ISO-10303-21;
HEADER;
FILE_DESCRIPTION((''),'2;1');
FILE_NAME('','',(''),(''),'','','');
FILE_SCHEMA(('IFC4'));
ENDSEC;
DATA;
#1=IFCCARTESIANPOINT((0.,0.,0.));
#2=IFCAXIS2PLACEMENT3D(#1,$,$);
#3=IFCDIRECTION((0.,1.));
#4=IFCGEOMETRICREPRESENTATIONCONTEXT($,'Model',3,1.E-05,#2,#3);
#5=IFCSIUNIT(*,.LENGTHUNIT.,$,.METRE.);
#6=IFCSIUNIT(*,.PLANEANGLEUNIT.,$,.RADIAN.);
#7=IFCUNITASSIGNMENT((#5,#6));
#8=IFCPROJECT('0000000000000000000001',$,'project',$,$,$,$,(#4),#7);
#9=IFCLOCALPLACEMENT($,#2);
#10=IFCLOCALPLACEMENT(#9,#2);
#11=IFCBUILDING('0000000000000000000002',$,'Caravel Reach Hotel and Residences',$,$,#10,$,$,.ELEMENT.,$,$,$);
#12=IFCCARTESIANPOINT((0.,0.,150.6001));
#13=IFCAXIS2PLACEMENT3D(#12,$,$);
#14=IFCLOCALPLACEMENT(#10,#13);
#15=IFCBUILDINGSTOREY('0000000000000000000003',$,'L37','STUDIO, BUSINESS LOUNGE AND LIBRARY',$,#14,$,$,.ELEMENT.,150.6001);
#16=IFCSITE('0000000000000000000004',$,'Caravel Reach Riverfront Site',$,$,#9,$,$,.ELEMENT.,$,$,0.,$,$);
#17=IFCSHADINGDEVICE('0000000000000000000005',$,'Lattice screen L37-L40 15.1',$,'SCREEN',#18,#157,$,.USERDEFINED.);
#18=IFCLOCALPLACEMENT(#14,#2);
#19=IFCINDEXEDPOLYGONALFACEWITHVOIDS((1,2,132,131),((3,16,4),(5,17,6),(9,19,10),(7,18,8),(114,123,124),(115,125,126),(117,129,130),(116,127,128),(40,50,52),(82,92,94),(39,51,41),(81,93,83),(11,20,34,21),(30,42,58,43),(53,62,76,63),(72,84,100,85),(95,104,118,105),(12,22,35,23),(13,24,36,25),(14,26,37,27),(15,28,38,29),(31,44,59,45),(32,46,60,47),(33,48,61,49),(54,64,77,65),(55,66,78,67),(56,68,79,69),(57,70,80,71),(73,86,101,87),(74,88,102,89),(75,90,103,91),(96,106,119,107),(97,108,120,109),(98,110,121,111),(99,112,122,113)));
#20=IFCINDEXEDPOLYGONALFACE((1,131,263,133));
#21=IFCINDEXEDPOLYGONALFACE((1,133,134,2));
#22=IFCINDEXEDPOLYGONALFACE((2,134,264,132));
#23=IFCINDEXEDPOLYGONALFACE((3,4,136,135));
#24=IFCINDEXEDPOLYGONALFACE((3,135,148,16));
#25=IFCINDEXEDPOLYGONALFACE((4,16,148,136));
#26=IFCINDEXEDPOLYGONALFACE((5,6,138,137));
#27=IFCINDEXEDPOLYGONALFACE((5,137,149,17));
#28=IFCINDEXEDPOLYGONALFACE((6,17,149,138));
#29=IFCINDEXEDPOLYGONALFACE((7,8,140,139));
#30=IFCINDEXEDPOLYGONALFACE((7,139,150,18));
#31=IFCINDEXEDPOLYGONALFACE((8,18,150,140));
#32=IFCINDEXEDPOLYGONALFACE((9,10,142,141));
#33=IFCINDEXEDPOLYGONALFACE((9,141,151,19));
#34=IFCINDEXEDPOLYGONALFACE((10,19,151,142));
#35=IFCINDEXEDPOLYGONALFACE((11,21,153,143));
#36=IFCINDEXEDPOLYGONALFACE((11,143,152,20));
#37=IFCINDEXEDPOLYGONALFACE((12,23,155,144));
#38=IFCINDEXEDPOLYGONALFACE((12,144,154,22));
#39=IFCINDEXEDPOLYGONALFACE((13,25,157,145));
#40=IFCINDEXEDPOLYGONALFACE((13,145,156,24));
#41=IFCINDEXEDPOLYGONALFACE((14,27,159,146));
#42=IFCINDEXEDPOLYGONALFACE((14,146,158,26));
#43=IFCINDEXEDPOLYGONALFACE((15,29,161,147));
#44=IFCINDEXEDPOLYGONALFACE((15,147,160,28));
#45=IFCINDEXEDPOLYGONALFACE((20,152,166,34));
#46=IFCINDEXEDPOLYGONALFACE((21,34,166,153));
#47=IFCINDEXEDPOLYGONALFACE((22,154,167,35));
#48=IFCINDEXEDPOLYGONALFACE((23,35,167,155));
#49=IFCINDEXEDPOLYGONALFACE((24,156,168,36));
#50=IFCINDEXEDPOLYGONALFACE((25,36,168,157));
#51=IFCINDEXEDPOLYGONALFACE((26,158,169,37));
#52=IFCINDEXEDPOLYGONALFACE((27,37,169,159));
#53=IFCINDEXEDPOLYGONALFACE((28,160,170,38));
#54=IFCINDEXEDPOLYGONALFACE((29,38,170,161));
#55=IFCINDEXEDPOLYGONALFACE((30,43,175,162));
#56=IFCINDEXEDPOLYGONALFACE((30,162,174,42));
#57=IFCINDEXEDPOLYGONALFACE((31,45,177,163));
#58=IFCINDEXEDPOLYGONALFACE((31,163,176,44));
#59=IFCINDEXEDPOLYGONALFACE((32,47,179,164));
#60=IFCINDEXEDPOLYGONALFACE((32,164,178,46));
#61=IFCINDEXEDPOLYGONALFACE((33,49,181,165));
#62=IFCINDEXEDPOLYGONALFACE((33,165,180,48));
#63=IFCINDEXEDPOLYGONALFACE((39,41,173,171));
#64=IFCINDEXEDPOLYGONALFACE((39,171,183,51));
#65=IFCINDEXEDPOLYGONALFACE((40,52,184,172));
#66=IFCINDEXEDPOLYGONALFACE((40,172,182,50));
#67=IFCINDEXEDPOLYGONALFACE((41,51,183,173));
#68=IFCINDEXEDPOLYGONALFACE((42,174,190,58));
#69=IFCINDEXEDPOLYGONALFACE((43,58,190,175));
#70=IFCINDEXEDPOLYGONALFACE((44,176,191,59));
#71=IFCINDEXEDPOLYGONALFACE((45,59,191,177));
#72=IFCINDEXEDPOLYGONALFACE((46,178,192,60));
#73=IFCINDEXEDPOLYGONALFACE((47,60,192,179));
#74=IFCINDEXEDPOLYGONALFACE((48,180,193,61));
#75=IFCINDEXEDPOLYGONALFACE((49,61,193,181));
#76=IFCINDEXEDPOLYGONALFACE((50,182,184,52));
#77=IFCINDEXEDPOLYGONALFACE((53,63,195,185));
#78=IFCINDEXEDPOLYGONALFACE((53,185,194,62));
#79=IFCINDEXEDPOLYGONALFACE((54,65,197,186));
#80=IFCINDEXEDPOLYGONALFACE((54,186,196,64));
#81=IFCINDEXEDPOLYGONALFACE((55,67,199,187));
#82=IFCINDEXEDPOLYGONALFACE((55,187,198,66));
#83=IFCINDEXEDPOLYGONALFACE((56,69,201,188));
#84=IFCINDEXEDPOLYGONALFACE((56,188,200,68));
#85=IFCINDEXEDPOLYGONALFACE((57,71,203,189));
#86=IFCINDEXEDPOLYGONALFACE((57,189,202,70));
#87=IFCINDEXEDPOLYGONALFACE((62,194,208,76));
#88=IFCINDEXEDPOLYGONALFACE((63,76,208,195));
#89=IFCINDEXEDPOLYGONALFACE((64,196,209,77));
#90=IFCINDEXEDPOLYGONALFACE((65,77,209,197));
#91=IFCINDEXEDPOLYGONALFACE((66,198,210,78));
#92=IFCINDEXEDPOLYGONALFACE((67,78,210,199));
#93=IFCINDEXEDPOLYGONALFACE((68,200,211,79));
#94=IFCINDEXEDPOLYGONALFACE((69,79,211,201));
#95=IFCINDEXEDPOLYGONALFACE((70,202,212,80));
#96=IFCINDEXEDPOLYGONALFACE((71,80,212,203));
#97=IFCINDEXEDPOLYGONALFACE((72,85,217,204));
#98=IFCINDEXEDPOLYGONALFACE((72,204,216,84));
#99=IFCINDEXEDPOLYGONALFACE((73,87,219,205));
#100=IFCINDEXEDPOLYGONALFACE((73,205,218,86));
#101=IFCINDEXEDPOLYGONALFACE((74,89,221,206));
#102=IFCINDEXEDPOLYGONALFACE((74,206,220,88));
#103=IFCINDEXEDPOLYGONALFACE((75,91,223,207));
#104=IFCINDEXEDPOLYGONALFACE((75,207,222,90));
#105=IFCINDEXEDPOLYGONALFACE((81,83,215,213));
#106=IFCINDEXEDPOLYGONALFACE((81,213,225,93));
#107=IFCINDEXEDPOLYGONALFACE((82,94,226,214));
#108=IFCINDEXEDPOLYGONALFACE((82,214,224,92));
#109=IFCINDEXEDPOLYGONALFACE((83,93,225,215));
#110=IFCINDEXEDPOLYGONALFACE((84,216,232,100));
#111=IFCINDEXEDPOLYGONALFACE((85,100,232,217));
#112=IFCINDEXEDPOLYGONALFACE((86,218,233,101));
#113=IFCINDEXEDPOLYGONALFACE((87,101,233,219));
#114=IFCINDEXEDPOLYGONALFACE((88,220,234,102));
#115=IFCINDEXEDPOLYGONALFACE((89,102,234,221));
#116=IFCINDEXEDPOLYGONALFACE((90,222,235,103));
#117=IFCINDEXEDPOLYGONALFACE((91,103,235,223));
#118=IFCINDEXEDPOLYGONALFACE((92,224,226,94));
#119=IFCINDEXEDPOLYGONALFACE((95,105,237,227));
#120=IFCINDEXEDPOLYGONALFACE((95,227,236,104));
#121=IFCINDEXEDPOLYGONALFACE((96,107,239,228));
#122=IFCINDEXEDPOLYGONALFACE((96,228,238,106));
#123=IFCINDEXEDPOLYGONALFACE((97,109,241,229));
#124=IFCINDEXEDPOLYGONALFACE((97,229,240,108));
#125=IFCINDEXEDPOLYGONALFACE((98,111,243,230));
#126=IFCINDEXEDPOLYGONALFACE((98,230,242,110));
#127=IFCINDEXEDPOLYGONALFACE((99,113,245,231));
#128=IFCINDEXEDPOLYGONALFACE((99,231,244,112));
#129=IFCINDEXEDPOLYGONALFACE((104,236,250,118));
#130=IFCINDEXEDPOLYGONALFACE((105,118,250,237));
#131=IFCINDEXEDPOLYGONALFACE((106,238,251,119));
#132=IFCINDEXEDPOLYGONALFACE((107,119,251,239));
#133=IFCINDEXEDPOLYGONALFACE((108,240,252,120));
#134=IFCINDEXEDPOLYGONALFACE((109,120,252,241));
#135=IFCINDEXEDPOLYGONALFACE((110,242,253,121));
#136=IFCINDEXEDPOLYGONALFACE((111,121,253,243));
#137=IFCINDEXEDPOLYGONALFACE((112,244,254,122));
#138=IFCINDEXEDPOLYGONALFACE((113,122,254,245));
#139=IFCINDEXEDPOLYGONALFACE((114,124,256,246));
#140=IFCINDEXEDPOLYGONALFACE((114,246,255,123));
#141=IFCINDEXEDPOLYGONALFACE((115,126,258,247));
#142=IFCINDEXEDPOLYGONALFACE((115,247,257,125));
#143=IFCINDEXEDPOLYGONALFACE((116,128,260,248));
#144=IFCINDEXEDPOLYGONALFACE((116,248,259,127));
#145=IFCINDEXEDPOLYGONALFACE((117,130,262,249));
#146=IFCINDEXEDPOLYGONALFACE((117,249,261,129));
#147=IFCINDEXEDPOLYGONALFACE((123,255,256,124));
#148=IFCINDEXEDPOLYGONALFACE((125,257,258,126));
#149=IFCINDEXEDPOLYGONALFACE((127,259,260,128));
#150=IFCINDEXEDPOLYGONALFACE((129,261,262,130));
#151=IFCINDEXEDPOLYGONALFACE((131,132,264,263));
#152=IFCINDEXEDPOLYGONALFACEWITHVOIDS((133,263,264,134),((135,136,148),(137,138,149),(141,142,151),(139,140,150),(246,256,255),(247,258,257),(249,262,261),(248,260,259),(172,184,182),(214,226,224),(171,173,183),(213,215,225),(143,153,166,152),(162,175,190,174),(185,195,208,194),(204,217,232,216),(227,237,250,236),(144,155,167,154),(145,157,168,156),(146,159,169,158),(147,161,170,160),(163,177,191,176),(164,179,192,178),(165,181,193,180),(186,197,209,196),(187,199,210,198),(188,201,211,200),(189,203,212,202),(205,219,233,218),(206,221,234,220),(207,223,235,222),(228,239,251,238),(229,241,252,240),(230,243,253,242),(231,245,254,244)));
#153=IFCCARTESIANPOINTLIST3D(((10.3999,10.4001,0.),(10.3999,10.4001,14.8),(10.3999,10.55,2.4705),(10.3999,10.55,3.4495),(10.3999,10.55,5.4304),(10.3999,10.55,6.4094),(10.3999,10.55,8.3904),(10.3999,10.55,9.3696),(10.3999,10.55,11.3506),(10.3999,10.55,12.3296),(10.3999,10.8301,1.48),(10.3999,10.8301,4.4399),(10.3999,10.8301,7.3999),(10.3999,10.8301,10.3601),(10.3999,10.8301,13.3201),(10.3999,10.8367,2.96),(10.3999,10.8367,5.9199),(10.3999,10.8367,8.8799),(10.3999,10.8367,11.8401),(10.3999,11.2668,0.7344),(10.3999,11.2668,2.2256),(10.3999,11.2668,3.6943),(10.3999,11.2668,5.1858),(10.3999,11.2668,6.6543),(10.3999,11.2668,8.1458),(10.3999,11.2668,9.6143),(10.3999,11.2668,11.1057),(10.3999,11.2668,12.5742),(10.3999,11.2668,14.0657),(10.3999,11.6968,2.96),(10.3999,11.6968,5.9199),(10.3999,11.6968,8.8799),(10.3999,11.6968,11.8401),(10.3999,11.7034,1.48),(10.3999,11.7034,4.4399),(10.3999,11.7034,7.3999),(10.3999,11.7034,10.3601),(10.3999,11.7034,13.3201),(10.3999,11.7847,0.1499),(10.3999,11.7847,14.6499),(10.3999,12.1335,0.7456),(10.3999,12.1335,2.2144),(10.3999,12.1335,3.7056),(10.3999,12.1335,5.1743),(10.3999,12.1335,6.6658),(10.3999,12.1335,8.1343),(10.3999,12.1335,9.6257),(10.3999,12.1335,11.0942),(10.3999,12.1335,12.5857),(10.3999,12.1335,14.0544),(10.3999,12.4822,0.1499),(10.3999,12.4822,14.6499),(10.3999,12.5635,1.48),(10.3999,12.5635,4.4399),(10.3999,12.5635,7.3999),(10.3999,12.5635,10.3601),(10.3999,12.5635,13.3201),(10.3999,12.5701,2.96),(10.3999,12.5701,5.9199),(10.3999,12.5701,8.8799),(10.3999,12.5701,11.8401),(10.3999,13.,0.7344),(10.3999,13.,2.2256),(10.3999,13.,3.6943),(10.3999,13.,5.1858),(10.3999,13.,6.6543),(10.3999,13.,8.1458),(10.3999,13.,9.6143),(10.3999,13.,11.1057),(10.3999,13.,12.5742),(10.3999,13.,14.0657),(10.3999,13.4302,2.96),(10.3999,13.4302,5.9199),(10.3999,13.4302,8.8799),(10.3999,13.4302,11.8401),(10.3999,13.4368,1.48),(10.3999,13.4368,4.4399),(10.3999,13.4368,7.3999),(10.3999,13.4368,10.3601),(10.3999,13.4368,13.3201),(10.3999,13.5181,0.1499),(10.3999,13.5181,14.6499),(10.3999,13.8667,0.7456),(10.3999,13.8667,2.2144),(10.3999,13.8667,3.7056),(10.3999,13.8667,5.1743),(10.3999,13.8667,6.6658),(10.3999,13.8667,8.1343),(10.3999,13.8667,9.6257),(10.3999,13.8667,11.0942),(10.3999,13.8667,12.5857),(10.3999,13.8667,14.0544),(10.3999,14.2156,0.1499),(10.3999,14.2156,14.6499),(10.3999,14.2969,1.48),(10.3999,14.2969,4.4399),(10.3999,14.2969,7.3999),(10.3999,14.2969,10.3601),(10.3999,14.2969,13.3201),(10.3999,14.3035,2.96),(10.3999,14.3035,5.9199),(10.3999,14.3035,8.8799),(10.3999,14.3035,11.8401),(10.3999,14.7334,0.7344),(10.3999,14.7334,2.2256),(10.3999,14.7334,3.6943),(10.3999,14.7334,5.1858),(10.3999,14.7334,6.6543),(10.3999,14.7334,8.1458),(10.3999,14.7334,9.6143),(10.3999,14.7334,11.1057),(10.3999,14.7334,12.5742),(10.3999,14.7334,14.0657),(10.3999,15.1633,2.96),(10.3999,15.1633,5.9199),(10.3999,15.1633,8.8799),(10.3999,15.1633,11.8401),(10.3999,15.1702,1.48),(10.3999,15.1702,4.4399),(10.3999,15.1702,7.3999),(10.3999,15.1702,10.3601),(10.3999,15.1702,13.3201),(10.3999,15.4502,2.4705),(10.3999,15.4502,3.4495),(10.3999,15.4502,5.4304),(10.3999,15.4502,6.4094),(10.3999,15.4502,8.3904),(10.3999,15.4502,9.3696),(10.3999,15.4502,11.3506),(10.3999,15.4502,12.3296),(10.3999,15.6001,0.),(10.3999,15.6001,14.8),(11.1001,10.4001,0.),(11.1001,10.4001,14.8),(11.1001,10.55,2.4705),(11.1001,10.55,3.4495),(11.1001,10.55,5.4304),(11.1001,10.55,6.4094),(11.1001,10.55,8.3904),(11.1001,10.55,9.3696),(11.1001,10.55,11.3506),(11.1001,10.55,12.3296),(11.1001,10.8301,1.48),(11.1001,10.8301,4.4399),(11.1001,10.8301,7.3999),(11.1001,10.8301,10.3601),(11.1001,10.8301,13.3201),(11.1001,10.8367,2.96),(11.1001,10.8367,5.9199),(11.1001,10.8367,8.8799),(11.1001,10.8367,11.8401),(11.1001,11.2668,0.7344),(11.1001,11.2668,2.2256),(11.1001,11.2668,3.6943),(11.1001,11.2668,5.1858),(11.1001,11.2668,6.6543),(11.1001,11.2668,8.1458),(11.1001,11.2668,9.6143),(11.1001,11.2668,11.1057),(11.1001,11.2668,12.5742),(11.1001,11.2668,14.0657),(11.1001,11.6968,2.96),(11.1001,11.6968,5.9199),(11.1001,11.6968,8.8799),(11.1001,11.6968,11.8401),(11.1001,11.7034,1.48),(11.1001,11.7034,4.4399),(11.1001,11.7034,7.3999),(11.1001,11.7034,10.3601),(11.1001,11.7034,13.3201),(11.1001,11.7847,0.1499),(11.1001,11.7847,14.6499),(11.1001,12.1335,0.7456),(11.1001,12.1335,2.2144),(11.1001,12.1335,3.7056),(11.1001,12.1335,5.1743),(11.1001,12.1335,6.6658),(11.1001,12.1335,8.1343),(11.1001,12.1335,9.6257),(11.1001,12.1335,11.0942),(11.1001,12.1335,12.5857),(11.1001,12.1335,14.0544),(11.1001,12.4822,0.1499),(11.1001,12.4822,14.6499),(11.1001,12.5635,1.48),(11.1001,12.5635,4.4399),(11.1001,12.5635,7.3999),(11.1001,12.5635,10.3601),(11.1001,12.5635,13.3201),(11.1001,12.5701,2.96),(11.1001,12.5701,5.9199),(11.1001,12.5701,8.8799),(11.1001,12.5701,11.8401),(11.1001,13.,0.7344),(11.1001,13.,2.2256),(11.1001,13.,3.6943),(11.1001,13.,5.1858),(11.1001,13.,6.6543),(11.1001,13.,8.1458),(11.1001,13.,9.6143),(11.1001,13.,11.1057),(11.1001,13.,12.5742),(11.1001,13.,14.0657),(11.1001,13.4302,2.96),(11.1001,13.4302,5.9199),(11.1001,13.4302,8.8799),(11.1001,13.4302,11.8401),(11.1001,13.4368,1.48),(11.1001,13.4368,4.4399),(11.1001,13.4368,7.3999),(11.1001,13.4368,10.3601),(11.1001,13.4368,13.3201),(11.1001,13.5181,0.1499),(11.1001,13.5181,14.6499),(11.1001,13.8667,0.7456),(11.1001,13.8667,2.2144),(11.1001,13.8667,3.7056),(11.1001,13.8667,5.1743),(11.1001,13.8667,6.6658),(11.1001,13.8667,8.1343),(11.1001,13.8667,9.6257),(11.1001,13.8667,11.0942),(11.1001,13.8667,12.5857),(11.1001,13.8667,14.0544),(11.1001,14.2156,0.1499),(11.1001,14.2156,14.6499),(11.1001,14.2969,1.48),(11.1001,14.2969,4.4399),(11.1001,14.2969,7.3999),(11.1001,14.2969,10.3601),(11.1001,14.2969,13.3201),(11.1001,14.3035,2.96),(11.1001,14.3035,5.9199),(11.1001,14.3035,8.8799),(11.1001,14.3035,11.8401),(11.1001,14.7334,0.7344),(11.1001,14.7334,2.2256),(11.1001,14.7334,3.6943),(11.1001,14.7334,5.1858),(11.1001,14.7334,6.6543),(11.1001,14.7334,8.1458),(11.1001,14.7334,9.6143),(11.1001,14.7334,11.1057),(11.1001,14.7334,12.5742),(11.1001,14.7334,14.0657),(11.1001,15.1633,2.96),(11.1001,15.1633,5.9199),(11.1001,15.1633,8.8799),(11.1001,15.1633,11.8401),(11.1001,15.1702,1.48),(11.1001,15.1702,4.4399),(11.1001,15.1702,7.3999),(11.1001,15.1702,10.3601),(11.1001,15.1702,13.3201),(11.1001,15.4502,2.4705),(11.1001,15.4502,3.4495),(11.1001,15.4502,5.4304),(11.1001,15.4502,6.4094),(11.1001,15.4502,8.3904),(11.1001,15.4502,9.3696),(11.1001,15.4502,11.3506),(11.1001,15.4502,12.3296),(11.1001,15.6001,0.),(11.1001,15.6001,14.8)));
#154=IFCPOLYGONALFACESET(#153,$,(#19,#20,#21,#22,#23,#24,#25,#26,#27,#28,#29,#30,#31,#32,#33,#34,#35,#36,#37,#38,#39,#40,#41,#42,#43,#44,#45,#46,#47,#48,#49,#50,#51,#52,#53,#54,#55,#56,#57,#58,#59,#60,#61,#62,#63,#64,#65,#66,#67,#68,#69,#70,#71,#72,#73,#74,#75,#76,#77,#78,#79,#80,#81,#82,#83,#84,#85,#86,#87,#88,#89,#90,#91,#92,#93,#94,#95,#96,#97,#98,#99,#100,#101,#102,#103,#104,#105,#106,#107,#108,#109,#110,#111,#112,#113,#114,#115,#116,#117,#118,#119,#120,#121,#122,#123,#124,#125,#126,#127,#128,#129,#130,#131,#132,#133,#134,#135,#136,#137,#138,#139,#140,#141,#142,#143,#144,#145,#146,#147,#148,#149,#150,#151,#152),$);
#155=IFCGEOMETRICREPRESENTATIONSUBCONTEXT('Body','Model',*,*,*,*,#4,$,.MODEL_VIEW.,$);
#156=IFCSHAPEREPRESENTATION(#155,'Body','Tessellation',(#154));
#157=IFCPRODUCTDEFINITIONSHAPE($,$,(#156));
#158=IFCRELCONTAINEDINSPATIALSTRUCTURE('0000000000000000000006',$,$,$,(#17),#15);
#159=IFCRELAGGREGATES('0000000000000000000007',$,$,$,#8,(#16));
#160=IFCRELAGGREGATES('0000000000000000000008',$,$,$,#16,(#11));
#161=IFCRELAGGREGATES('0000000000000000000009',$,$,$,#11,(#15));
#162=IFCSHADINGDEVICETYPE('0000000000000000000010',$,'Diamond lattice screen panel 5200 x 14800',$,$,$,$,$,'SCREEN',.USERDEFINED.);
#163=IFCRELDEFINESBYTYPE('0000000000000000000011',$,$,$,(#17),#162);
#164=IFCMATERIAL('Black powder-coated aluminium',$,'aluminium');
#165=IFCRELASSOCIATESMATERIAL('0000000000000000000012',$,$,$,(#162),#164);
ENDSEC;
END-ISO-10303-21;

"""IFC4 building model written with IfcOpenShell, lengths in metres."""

from ifc_helpers import new_model, si_unit, direction, frame, origin, place, context, subcontext, project, spatial, polyline, outline, extrude, material, type_object, element, save


model = new_model("IFC4")

# Units and contexts
model_context = context("Model", 3, precision=1e-05, world=origin(), true_north=direction((0.0, 1.0)))
body_context = subcontext(model_context, "Body", "Model", "MODEL_VIEW")
ifc_project = project(units=[si_unit("LENGTHUNIT", "METRE"), si_unit("PLANEANGLEUNIT", "RADIAN")], contexts=[model_context])

# Site, building, storey
site_placement = place(None, origin())
site = spatial("IfcSite", under=ifc_project, at=site_placement, Name="Caravel Reach Riverfront Site", CompositionType="ELEMENT", RefElevation=0.0)
building_placement = place(site_placement, origin())
building = spatial("IfcBuilding", under=site, at=building_placement, Name="Caravel Reach Hotel and Residences", CompositionType="ELEMENT")
storey_placement = place(building_placement, frame((0.0, 0.0, 150.6001)))
storey = spatial("IfcBuildingStorey", under=building, at=storey_placement, Name="L37", Description="STUDIO, BUSINESS LOUNGE AND LIBRARY", CompositionType="ELEMENT", Elevation=150.6001)

# Shading device
ifc_material_1 = material(Name="Black powder-coated aluminium", Category="aluminium")
shading_device_type_1 = type_object("IfcShadingDeviceType", Name="Diamond lattice screen panel 5200 x 14800", ElementType="SCREEN", PredefinedType="USERDEFINED", material=ifc_material_1)
shading_device_1_placement = place(storey_placement, frame((11.1001, 15.6001, 0.0), z_axis=(-1.0, 0.0, 0.0), x_axis=(0.0, -1.0, 0.0)))
element("IfcShadingDevice", 1, at=shading_device_1_placement, inside=storey, type_object=shading_device_type_1, Name="Lattice screen L37-L40 15.1", ObjectType="SCREEN", PredefinedType="USERDEFINED", context=body_context, shape_type="SweptSolid", body=[
    extrude(outline(polyline([(0.0, 0.0), (5.2, 0.0), (5.2, 14.8), (0.0, 14.8), (0.0, 0.0)]), holes=[polyline([(0.4368, 2.96), (0.1499, 3.4495), (0.1499, 2.4705), (0.4368, 2.96)]), polyline([(0.4368, 5.9199), (0.1499, 6.4094), (0.1499, 5.4304), (0.4368, 5.9199)]), polyline([(0.4368, 8.8799), (0.1499, 9.3696), (0.1499, 8.3904), (0.4368, 8.8799)]), polyline([(0.4368, 11.8401), (0.1499, 12.3296), (0.1499, 11.3506), (0.4368, 11.8401)]), polyline([(0.8667, 2.2256), (0.4299, 1.48), (0.8667, 0.7344), (1.3032, 1.48), (0.8667, 2.2256)]), polyline([(0.8667, 5.1858), (0.4299, 4.4399), (0.8667, 3.6943), (1.3032, 4.4399), (0.8667, 5.1858)]), polyline([(0.8667, 8.1458), (0.4299, 7.3999), (0.8667, 6.6543), (1.3032, 7.3999), (0.8667, 8.1458)]), polyline([(0.8667, 11.1057), (0.4299, 10.3601), (0.8667, 9.6143), (1.3032, 10.3601), (0.8667, 11.1057)]), polyline([(0.8667, 14.0657), (0.4299, 13.3201), (0.8667, 12.5742), (1.3032, 13.3201), (0.8667, 14.0657)]), polyline([(1.7334, 0.7456), (1.3845, 0.1499), (2.082, 0.1499), (1.7334, 0.7456)]), polyline([(1.7334, 3.7056), (1.2966, 2.96), (1.7334, 2.2144), (2.1699, 2.96), (1.7334, 3.7056)]), polyline([(1.7334, 6.6658), (1.2966, 5.9199), (1.7334, 5.1743), (2.1699, 5.9199), (1.7334, 6.6658)]), polyline([(1.7334, 9.6257), (1.2966, 8.8799), (1.7334, 8.1343), (2.1699, 8.8799), (1.7334, 9.6257)]), polyline([(1.7334, 12.5857), (1.2966, 11.8401), (1.7334, 11.0942), (2.1699, 11.8401), (1.7334, 12.5857)]), polyline([(1.7334, 14.0544), (2.082, 14.6499), (1.3845, 14.6499), (1.7334, 14.0544)]), polyline([(2.6001, 2.2256), (2.1633, 1.48), (2.6001, 0.7344), (3.0366, 1.48), (2.6001, 2.2256)]), polyline([(2.6001, 5.1858), (2.1633, 4.4399), (2.6001, 3.6943), (3.0366, 4.4399), (2.6001, 5.1858)]), polyline([(2.6001, 8.1458), (2.1633, 7.3999), (2.6001, 6.6543), (3.0366, 7.3999), (2.6001, 8.1458)]), polyline([(2.6001, 11.1057), (2.1633, 10.3601), (2.6001, 9.6143), (3.0366, 10.3601), (2.6001, 11.1057)]), polyline([(2.6001, 14.0657), (2.1633, 13.3201), (2.6001, 12.5742), (3.0366, 13.3201), (2.6001, 14.0657)]), polyline([(3.4666, 0.7456), (3.1179, 0.1499), (3.8154, 0.1499), (3.4666, 0.7456)]), polyline([(3.4666, 3.7056), (3.03, 2.96), (3.4666, 2.2144), (3.9033, 2.96), (3.4666, 3.7056)]), polyline([(3.4666, 6.6658), (3.03, 5.9199), (3.4666, 5.1743), (3.9033, 5.9199), (3.4666, 6.6658)]), polyline([(3.4666, 9.6257), (3.03, 8.8799), (3.4666, 8.1343), (3.9033, 8.8799), (3.4666, 9.6257)]), polyline([(3.4666, 12.5857), (3.03, 11.8401), (3.4666, 11.0942), (3.9033, 11.8401), (3.4666, 12.5857)]), polyline([(3.4666, 14.0544), (3.8154, 14.6499), (3.1179, 14.6499), (3.4666, 14.0544)]), polyline([(4.3333, 2.2256), (3.8967, 1.48), (4.3333, 0.7344), (4.77, 1.48), (4.3333, 2.2256)]), polyline([(4.3333, 5.1858), (3.8967, 4.4399), (4.3333, 3.6943), (4.77, 4.4399), (4.3333, 5.1858)]), polyline([(4.3333, 8.1458), (3.8967, 7.3999), (4.3333, 6.6543), (4.77, 7.3999), (4.3333, 8.1458)]), polyline([(4.3333, 11.1057), (3.8967, 10.3601), (4.3333, 9.6143), (4.77, 10.3601), (4.3333, 11.1057)]), polyline([(4.3333, 14.0657), (3.8967, 13.3201), (4.3333, 12.5742), (4.77, 13.3201), (4.3333, 14.0657)]), polyline([(4.7634, 2.96), (5.05, 2.4705), (5.05, 3.4495), (4.7634, 2.96)]), polyline([(4.7634, 5.9199), (5.05, 5.4304), (5.05, 6.4094), (4.7634, 5.9199)]), polyline([(4.7634, 8.8799), (5.05, 8.3904), (5.05, 9.3696), (4.7634, 8.8799)]), polyline([(4.7634, 11.8401), (5.05, 11.3506), (5.05, 12.3296), (4.7634, 11.8401)])]), origin(), (0.0, 0.0, 1.0), 0.7002),
])

save(model, "model.ifc")
